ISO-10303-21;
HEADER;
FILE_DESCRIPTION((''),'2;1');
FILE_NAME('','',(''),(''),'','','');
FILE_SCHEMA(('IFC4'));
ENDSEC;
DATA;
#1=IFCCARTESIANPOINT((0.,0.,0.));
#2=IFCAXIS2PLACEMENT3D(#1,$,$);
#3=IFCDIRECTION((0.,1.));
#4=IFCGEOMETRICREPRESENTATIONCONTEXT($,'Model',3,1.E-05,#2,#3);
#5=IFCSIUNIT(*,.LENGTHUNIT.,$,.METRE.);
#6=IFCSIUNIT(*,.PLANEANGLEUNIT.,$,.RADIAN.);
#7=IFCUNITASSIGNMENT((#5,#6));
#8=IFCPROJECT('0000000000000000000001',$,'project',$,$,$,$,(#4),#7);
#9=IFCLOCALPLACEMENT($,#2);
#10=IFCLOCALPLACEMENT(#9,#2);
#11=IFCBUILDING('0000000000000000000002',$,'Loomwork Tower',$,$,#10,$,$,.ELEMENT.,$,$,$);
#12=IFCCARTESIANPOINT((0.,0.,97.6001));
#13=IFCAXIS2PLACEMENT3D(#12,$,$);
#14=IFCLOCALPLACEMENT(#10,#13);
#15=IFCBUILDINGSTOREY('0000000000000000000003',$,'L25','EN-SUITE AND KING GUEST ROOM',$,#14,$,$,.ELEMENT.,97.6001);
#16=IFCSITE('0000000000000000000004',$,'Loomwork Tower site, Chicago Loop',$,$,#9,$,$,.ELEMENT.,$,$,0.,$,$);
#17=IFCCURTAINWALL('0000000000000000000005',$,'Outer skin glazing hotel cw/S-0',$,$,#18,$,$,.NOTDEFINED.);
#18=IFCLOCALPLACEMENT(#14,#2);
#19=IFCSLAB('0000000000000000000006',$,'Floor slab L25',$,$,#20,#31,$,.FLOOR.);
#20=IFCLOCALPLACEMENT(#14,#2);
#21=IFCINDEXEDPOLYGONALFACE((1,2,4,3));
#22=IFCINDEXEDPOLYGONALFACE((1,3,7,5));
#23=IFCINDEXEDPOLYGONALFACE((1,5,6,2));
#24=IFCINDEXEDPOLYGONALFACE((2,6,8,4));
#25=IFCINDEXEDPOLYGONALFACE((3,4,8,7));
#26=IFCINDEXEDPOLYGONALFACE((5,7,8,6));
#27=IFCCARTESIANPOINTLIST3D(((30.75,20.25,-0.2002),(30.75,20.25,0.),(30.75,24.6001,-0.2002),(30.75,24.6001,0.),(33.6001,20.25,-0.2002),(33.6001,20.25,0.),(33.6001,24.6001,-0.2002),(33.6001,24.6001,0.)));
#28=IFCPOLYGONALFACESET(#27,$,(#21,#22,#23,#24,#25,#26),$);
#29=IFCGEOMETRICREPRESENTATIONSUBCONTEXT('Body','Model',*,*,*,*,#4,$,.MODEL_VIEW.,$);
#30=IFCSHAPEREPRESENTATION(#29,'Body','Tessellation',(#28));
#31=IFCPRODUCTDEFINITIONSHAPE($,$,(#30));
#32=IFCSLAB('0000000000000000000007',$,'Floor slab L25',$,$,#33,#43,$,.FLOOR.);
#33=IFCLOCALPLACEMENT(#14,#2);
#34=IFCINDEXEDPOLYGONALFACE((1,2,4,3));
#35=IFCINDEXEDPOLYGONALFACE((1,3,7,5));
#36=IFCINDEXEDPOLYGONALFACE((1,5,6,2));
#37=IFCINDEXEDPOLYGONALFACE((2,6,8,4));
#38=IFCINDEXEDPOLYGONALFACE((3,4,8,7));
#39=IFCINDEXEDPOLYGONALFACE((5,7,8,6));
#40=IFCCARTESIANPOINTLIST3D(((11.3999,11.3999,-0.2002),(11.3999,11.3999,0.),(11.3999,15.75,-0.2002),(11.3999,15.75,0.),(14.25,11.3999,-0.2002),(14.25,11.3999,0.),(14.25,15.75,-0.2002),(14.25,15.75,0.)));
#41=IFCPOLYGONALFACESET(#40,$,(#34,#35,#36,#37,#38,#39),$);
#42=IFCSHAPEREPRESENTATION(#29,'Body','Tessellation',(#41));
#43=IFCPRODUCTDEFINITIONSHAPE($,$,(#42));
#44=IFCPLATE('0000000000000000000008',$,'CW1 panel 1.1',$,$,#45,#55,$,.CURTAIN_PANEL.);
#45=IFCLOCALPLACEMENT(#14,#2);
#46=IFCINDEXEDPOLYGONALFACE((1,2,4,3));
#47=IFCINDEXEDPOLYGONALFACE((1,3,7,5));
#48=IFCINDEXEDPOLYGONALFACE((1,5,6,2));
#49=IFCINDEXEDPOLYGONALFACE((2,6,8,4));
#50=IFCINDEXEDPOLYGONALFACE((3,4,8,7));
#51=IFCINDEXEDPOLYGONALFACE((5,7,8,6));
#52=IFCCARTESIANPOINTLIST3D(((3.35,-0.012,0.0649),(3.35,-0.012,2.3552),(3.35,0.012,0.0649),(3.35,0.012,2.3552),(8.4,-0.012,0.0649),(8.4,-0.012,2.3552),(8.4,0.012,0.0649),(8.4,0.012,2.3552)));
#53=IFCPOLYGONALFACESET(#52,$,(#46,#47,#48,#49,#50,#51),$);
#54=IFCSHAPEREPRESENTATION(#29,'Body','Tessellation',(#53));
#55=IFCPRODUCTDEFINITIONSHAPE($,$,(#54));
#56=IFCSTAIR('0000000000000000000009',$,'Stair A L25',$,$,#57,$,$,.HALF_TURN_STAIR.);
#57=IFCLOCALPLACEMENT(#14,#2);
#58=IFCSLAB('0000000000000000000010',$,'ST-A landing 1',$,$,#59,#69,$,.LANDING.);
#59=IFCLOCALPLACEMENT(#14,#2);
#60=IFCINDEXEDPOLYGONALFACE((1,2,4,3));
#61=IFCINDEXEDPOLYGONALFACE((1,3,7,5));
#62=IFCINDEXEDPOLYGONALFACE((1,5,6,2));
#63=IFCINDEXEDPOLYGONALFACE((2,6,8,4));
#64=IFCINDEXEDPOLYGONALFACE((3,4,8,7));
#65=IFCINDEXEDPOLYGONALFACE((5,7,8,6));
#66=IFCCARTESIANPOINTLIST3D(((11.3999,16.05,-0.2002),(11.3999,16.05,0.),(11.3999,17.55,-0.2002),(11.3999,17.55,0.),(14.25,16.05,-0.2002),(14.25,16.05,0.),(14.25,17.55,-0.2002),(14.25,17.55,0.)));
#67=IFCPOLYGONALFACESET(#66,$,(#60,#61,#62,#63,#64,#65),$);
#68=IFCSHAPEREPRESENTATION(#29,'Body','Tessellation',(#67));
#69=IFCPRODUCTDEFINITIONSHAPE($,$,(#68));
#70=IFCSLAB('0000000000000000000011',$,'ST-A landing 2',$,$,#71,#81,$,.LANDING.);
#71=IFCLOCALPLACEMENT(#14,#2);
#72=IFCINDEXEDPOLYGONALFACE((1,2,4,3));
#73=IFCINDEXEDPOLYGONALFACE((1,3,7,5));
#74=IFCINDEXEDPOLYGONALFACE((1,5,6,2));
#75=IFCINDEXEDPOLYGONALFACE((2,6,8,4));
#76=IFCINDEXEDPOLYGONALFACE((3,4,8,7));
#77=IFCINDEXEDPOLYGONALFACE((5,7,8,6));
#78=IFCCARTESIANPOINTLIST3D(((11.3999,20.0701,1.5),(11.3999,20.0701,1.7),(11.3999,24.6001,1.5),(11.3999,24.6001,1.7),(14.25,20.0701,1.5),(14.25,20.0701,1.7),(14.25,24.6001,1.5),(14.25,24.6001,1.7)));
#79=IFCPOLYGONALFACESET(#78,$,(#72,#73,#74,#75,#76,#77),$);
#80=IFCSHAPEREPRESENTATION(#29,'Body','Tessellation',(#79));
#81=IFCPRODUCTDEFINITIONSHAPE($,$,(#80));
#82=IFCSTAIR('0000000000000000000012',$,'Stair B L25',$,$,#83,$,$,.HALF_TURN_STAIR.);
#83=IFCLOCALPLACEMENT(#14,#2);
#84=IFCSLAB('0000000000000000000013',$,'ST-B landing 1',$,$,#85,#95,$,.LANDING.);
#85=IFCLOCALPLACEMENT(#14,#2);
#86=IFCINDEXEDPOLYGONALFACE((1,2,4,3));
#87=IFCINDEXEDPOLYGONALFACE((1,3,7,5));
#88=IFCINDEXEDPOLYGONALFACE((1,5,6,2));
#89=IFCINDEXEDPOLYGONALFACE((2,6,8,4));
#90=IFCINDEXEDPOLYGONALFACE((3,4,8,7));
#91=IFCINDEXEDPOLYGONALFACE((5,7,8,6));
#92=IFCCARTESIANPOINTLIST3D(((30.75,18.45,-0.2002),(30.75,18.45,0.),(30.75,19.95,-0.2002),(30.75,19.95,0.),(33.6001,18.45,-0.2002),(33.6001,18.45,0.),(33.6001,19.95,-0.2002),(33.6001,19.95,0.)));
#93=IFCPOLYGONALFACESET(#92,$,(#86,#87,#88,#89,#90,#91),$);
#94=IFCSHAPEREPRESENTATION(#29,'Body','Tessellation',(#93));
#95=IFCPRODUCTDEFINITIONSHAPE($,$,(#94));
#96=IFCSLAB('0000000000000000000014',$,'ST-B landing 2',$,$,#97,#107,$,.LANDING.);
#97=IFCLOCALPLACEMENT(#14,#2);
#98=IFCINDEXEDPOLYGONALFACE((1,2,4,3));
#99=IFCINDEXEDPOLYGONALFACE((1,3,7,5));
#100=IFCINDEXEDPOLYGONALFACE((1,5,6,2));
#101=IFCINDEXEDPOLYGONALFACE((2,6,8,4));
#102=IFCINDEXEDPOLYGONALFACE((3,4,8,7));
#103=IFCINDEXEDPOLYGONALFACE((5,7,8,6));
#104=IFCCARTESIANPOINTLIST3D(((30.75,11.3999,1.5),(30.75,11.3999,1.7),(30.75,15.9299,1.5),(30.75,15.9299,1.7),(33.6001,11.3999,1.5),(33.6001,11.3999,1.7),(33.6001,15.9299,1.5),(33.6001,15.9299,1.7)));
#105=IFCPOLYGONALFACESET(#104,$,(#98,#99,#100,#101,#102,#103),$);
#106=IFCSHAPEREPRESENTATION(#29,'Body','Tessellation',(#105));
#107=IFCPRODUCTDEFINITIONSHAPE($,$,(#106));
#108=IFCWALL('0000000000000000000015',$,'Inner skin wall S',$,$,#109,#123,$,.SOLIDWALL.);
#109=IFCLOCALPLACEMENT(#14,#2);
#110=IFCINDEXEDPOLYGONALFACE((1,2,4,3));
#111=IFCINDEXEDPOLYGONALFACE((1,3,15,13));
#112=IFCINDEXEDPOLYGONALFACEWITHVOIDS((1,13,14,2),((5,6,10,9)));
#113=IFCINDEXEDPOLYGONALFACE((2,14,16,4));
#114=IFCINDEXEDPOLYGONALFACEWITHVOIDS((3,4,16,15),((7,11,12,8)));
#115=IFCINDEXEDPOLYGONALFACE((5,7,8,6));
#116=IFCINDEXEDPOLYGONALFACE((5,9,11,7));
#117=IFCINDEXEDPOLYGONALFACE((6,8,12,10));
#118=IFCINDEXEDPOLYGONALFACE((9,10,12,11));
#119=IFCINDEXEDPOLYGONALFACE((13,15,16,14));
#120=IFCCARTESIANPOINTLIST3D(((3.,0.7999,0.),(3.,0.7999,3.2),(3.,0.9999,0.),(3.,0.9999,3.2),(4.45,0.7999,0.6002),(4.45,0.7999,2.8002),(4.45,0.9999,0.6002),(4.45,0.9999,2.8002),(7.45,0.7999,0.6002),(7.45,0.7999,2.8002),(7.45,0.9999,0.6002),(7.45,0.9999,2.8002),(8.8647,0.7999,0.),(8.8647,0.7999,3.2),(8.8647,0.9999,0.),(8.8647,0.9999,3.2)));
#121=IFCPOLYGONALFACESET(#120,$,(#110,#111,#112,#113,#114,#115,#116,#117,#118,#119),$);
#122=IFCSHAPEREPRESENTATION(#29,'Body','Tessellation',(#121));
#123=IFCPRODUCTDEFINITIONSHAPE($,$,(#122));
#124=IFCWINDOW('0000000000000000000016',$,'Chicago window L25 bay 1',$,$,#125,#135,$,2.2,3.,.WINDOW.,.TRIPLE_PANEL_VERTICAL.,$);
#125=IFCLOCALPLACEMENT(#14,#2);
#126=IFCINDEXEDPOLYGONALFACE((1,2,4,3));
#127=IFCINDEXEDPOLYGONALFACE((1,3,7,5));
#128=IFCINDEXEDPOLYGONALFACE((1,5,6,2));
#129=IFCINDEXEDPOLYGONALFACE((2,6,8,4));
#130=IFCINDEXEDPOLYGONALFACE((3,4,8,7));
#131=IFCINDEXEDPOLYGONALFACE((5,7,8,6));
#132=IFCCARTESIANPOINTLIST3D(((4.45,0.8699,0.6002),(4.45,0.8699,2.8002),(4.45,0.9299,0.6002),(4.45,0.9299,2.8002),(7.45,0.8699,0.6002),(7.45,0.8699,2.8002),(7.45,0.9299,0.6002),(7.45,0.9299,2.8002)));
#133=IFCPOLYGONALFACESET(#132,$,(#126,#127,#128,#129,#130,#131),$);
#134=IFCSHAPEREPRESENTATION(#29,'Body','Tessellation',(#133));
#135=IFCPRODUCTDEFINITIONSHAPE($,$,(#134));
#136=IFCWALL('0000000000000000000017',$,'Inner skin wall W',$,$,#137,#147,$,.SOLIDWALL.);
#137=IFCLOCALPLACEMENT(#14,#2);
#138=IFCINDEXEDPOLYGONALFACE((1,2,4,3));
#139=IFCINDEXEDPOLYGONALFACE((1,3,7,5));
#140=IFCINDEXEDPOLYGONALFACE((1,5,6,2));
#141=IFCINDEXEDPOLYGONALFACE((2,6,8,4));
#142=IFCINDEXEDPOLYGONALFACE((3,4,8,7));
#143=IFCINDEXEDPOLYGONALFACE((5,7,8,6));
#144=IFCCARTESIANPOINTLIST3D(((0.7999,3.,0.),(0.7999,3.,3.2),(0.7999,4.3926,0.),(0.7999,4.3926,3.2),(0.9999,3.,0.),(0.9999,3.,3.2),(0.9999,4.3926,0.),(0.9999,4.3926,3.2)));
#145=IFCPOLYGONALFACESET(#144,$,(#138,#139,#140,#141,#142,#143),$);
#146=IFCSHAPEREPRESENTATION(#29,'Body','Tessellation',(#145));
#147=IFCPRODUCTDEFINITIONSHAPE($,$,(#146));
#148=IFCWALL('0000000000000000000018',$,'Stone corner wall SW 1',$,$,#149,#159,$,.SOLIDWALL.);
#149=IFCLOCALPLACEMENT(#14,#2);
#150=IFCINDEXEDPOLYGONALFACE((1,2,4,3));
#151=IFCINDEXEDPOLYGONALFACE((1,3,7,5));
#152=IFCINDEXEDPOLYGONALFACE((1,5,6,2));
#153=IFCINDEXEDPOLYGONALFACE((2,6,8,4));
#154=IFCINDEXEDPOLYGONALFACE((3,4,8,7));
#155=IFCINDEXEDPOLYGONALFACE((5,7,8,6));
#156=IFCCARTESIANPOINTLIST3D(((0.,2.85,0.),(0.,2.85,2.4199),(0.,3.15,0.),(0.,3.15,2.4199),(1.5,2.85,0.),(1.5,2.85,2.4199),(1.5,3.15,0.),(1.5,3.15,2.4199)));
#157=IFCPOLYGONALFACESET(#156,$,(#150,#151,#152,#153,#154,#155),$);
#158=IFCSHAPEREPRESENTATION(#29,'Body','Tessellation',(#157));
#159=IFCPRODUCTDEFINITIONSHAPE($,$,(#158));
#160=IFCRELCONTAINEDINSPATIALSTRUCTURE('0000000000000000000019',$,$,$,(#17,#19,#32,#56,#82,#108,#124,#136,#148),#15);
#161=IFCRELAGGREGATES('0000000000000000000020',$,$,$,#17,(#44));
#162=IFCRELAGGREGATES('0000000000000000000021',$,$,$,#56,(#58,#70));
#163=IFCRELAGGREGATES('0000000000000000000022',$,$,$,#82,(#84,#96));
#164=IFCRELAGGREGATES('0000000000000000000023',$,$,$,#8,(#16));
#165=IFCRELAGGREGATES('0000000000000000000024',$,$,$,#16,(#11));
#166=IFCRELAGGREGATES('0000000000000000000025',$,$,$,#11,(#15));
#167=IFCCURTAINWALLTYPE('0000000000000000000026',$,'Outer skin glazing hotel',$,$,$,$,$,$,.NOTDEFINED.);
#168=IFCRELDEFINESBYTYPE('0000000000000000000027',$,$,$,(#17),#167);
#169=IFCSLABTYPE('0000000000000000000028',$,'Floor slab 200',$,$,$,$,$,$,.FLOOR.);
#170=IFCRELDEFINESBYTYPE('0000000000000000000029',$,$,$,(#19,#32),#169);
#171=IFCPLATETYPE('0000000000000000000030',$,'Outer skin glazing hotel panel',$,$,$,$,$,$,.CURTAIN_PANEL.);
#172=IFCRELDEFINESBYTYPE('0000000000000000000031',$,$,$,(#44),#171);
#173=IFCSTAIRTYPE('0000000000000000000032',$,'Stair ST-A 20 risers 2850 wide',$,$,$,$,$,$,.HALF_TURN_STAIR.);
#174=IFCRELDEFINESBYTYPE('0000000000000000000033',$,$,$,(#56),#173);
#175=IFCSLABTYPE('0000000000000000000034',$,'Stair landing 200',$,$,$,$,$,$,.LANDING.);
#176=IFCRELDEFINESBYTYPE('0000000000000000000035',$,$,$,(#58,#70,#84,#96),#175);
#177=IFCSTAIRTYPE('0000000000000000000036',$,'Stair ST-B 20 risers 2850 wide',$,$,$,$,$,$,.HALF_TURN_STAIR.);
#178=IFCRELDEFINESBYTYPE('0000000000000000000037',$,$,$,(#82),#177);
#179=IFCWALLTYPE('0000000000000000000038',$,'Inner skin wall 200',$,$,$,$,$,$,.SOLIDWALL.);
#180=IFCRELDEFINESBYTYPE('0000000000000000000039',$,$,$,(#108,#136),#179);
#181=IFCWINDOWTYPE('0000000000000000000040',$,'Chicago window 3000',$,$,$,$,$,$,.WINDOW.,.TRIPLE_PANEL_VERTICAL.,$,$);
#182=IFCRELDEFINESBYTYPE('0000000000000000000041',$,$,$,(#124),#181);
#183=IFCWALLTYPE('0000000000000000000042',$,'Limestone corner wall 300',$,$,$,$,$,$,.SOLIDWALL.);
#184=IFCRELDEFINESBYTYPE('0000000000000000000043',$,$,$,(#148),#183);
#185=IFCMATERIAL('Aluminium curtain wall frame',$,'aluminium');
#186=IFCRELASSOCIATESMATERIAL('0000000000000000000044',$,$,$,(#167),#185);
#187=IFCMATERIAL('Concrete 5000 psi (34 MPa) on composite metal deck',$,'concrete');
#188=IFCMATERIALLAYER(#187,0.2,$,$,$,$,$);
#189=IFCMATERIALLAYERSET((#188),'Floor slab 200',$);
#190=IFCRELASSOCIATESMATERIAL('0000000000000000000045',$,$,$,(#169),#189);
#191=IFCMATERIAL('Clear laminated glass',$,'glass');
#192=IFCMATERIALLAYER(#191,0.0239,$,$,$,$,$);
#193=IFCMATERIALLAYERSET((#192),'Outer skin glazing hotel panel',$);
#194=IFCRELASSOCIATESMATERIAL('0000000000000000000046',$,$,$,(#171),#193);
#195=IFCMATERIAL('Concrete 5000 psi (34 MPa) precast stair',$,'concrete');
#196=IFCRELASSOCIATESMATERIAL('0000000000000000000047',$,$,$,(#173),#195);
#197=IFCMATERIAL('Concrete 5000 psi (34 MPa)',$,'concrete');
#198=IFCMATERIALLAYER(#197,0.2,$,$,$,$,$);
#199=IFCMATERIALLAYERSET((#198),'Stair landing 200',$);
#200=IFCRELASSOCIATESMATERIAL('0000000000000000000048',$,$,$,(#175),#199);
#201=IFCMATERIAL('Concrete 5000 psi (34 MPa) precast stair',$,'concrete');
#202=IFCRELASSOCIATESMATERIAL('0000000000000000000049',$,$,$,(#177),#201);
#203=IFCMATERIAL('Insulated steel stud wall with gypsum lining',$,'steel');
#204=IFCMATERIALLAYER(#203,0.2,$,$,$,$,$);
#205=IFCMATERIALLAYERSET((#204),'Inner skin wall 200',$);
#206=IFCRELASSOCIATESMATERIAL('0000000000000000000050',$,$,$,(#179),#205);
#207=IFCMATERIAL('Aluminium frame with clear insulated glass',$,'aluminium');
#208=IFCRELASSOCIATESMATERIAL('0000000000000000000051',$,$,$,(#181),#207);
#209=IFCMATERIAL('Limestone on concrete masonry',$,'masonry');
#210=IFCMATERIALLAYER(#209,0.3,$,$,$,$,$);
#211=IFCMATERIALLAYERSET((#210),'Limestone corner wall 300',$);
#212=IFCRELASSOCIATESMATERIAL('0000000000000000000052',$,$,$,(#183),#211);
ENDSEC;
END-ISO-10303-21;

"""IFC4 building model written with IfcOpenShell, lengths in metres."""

from ifc_helpers import new_model, si_unit, direction, frame, frame_2d, origin, origin_2d, place, context, subcontext, project, spatial, polyline, rectangle, outline, extrude, material, layer, layer_set, type_object, element, fill, aggregate, save


model = new_model("IFC4")

# Units and contexts
model_context = context("Model", 3, precision=1e-05, world=origin(), true_north=direction((0.0, 1.0)))
body_context = subcontext(model_context, "Body", "Model", "MODEL_VIEW")
ifc_project = project(units=[si_unit("LENGTHUNIT", "METRE"), si_unit("PLANEANGLEUNIT", "RADIAN")], contexts=[model_context])

# Site, building, storey
site_placement = place(None, origin())
site = spatial("IfcSite", under=ifc_project, at=site_placement, Name="Loomwork Tower site, Chicago Loop", CompositionType="ELEMENT", RefElevation=0.0)
building_placement = place(site_placement, origin())
building = spatial("IfcBuilding", under=site, at=building_placement, Name="Loomwork Tower", CompositionType="ELEMENT")
storey_placement = place(building_placement, frame((0.0, 0.0, 97.6001)))
storey = spatial("IfcBuildingStorey", under=building, at=storey_placement, Name="L25", Description="EN-SUITE AND KING GUEST ROOM", CompositionType="ELEMENT", Elevation=97.6001)

# Curtain wall
ifc_material_1 = material(Name="Aluminium curtain wall frame", Category="aluminium")
curtain_wall_type = type_object("IfcCurtainWallType", Name="Outer skin glazing hotel", PredefinedType="NOTDEFINED", material=ifc_material_1)
curtain_wall_1_placement = place(storey_placement, origin())
curtain_wall_1 = element("IfcCurtainWall", 1, at=curtain_wall_1_placement, inside=storey, type_object=curtain_wall_type, Name="Outer skin glazing hotel cw/S-0", PredefinedType="NOTDEFINED")

# Slabs
ifc_material_2 = material(Name="Concrete 5000 psi (34 MPa) on composite metal deck", Category="concrete")
ifc_layer_1 = layer(ifc_material_2, 0.2)
ifc_layer_set_1 = layer_set([ifc_layer_1], Name="Floor slab 200")
slab_type_1 = type_object("IfcSlabType", Name="Floor slab 200", PredefinedType="FLOOR", material=ifc_layer_set_1)
slab_1_placement = place(storey_placement, frame((0.0, 0.0, -0.2002)))
element("IfcSlab", 2, at=slab_1_placement, inside=storey, type_object=slab_type_1, Name="Floor slab L25", PredefinedType="FLOOR", context=body_context, shape_type="SweptSolid", body=[
    extrude(outline(polyline([(33.6001, 20.25), (30.75, 20.25), (30.75, 24.6001), (33.6001, 24.6001), (33.6001, 20.25)])), origin(), (0.0, 0.0, 1.0), 0.2002),
])
slab_2_placement = place(storey_placement, frame((0.0, 0.0, -0.2002)))
element("IfcSlab", 3, at=slab_2_placement, inside=storey, type_object=slab_type_1, Name="Floor slab L25", PredefinedType="FLOOR", context=body_context, shape_type="SweptSolid", body=[
    extrude(outline(polyline([(14.25, 15.75), (14.25, 11.3999), (11.3999, 11.3999), (11.3999, 15.75), (14.25, 15.75)])), origin(), (0.0, 0.0, 1.0), 0.2002),
])

# Plate
ifc_material_3 = material(Name="Clear laminated glass", Category="glass")
ifc_layer_2 = layer(ifc_material_3, 0.0239)
ifc_layer_set_2 = layer_set([ifc_layer_2], Name="Outer skin glazing hotel panel")
plate_type = type_object("IfcPlateType", Name="Outer skin glazing hotel panel", PredefinedType="CURTAIN_PANEL", material=ifc_layer_set_2)
plate_placement = place(storey_placement, frame((5.875, 0.0, 0.0649), z_axis=(0.0, 0.0, 1.0), x_axis=(1.0, 0.0, 0.0)))
plate = element("IfcPlate", 4, at=plate_placement, type_object=plate_type, Name="CW1 panel 1.1", PredefinedType="CURTAIN_PANEL", context=body_context, shape_type="SweptSolid", body=[
    extrude(rectangle(XDim=5.05, YDim=0.0239, at=origin_2d()), origin(), (0.0, 0.0, 1.0), 2.2903),
])
aggregate(curtain_wall_1, [plate])

# Stairs, slabs
ifc_material_4 = material(Name="Concrete 5000 psi (34 MPa) precast stair", Category="concrete")
stair_type_1 = type_object("IfcStairType", Name="Stair ST-A 20 risers 2850 wide", PredefinedType="HALF_TURN_STAIR", material=ifc_material_4)
stair_1_placement = place(storey_placement, origin())
stair_1 = element("IfcStair", 5, at=stair_1_placement, inside=storey, type_object=stair_type_1, Name="Stair A L25", PredefinedType="HALF_TURN_STAIR")
ifc_material_5 = material(Name="Concrete 5000 psi (34 MPa)", Category="concrete")
ifc_layer_3 = layer(ifc_material_5, 0.2)
ifc_layer_set_3 = layer_set([ifc_layer_3], Name="Stair landing 200")
slab_type_2 = type_object("IfcSlabType", Name="Stair landing 200", PredefinedType="LANDING", material=ifc_layer_set_3)
slab_3_placement = place(storey_placement, frame((0.0, 0.0, -0.2002)))
slab_3 = element("IfcSlab", 6, at=slab_3_placement, type_object=slab_type_2, Name="ST-A landing 1", PredefinedType="LANDING", context=body_context, shape_type="SweptSolid", body=[
    extrude(outline(polyline([(11.3999, 16.05), (14.25, 16.05), (14.25, 17.55), (11.3999, 17.55), (11.3999, 16.05)])), origin(), (0.0, 0.0, 1.0), 0.2002),
])
slab_4_placement = place(storey_placement, frame((0.0, 0.0, 1.5)))
slab_4 = element("IfcSlab", 7, at=slab_4_placement, type_object=slab_type_2, Name="ST-A landing 2", PredefinedType="LANDING", context=body_context, shape_type="SweptSolid", body=[
    extrude(outline(polyline([(11.3999, 20.0701), (14.25, 20.0701), (14.25, 24.6001), (11.3999, 24.6001), (11.3999, 20.0701)])), origin(), (0.0, 0.0, 1.0), 0.2),
])
aggregate(stair_1, [slab_3, slab_4])
ifc_material_6 = material(Name="Concrete 5000 psi (34 MPa) precast stair", Category="concrete")
stair_type_2 = type_object("IfcStairType", Name="Stair ST-B 20 risers 2850 wide", PredefinedType="HALF_TURN_STAIR", material=ifc_material_6)
stair_2_placement = place(storey_placement, origin())
stair_2 = element("IfcStair", 8, at=stair_2_placement, inside=storey, type_object=stair_type_2, Name="Stair B L25", PredefinedType="HALF_TURN_STAIR")
slab_5_placement = place(storey_placement, frame((0.0, 0.0, -0.2002)))
slab_5 = element("IfcSlab", 9, at=slab_5_placement, type_object=slab_type_2, Name="ST-B landing 1", PredefinedType="LANDING", context=body_context, shape_type="SweptSolid", body=[
    extrude(outline(polyline([(30.75, 18.45), (33.6001, 18.45), (33.6001, 19.95), (30.75, 19.95), (30.75, 18.45)])), origin(), (0.0, 0.0, 1.0), 0.2002),
])
slab_6_placement = place(storey_placement, frame((0.0, 0.0, 1.5)))
slab_6 = element("IfcSlab", 10, at=slab_6_placement, type_object=slab_type_2, Name="ST-B landing 2", PredefinedType="LANDING", context=body_context, shape_type="SweptSolid", body=[
    extrude(outline(polyline([(30.75, 11.3999), (33.6001, 11.3999), (33.6001, 15.9299), (30.75, 15.9299), (30.75, 11.3999)])), origin(), (0.0, 0.0, 1.0), 0.2),
])
aggregate(stair_2, [slab_5, slab_6])

# Wall, opening, window
ifc_material_7 = material(Name="Insulated steel stud wall with gypsum lining", Category="steel")
ifc_layer_4 = layer(ifc_material_7, 0.2)
ifc_layer_set_4 = layer_set([ifc_layer_4], Name="Inner skin wall 200")
wall_type_1 = type_object("IfcWallType", Name="Inner skin wall 200", PredefinedType="SOLIDWALL", material=ifc_layer_set_4)
wall_1_placement = place(storey_placement, frame((3.0, 0.8999, 0.0), z_axis=(0.0, 0.0, 1.0), x_axis=(1.0, 0.0, 0.0)))
wall_1 = element("IfcWall", 11, at=wall_1_placement, inside=storey, type_object=wall_type_1, Name="Inner skin wall S", PredefinedType="SOLIDWALL", context=body_context, shape_type="SweptSolid", body=[
    extrude(rectangle(XDim=5.8647, YDim=0.2, at=frame_2d((2.9324, 0.0))), origin(), (0.0, 0.0, 1.0), 3.2),
])
opening_1_placement = place(wall_1_placement, frame((1.45, 0.0, 0.6001)))
opening_1 = element("IfcOpeningElement", 12, at=opening_1_placement, cuts=wall_1, PredefinedType="OPENING", context=body_context, shape_type="SweptSolid", body=[
    extrude(rectangle(XDim=3.0, YDim=2.2, at=frame_2d((1.5, 1.1001))), frame((0.0, 0.1099, 0.0), z_axis=(0.0, -1.0, 0.0), x_axis=(1.0, 0.0, 0.0)), (0.0, 0.0, 1.0), 0.22),
])
ifc_material_8 = material(Name="Aluminium frame with clear insulated glass", Category="aluminium")
window_type_1 = type_object("IfcWindowType", Name="Chicago window 3000", PartitioningType="TRIPLE_PANEL_VERTICAL", PredefinedType="WINDOW", material=ifc_material_8)
window_1_placement = place(opening_1_placement, origin())
window_1 = element("IfcWindow", 13, at=window_1_placement, inside=storey, type_object=window_type_1, Name="Chicago window L25 bay 1", OverallHeight=2.2, OverallWidth=3.0, PartitioningType="TRIPLE_PANEL_VERTICAL", PredefinedType="WINDOW", context=body_context, shape_type="SweptSolid", body=[
    extrude(rectangle(XDim=3.0, YDim=2.2, at=frame_2d((1.5, 1.1001))), frame((0.0, 0.03, 0.0), z_axis=(0.0, -1.0, 0.0), x_axis=(1.0, 0.0, 0.0)), (0.0, 0.0, 1.0), 0.0601),
])
fill(opening_1, window_1)

# Walls
wall_2_placement = place(storey_placement, frame((0.8999, 3.0, 0.0), z_axis=(0.0, 0.0, 1.0), x_axis=(0.0, 1.0, 0.0)))
element("IfcWall", 14, at=wall_2_placement, inside=storey, type_object=wall_type_1, Name="Inner skin wall W", PredefinedType="SOLIDWALL", context=body_context, shape_type="SweptSolid", body=[
    extrude(rectangle(XDim=1.3926, YDim=0.2, at=frame_2d((0.6963, 0.0))), origin(), (0.0, 0.0, 1.0), 3.2),
])
ifc_material_9 = material(Name="Limestone on concrete masonry", Category="masonry")
ifc_layer_5 = layer(ifc_material_9, 0.3)
ifc_layer_set_5 = layer_set([ifc_layer_5], Name="Limestone corner wall 300")
wall_type_2 = type_object("IfcWallType", Name="Limestone corner wall 300", PredefinedType="SOLIDWALL", material=ifc_layer_set_5)
wall_3_placement = place(storey_placement, frame((0.0, 3.0, 0.0), z_axis=(0.0, 0.0, 1.0), x_axis=(1.0, 0.0, 0.0)))
element("IfcWall", 15, at=wall_3_placement, inside=storey, type_object=wall_type_2, Name="Stone corner wall SW 1", PredefinedType="SOLIDWALL", context=body_context, shape_type="SweptSolid", body=[
    extrude(rectangle(XDim=1.5, YDim=0.3, at=frame_2d((0.75, 0.0))), origin(), (0.0, 0.0, 1.0), 2.4199),
])

save(model, "model.ifc")
